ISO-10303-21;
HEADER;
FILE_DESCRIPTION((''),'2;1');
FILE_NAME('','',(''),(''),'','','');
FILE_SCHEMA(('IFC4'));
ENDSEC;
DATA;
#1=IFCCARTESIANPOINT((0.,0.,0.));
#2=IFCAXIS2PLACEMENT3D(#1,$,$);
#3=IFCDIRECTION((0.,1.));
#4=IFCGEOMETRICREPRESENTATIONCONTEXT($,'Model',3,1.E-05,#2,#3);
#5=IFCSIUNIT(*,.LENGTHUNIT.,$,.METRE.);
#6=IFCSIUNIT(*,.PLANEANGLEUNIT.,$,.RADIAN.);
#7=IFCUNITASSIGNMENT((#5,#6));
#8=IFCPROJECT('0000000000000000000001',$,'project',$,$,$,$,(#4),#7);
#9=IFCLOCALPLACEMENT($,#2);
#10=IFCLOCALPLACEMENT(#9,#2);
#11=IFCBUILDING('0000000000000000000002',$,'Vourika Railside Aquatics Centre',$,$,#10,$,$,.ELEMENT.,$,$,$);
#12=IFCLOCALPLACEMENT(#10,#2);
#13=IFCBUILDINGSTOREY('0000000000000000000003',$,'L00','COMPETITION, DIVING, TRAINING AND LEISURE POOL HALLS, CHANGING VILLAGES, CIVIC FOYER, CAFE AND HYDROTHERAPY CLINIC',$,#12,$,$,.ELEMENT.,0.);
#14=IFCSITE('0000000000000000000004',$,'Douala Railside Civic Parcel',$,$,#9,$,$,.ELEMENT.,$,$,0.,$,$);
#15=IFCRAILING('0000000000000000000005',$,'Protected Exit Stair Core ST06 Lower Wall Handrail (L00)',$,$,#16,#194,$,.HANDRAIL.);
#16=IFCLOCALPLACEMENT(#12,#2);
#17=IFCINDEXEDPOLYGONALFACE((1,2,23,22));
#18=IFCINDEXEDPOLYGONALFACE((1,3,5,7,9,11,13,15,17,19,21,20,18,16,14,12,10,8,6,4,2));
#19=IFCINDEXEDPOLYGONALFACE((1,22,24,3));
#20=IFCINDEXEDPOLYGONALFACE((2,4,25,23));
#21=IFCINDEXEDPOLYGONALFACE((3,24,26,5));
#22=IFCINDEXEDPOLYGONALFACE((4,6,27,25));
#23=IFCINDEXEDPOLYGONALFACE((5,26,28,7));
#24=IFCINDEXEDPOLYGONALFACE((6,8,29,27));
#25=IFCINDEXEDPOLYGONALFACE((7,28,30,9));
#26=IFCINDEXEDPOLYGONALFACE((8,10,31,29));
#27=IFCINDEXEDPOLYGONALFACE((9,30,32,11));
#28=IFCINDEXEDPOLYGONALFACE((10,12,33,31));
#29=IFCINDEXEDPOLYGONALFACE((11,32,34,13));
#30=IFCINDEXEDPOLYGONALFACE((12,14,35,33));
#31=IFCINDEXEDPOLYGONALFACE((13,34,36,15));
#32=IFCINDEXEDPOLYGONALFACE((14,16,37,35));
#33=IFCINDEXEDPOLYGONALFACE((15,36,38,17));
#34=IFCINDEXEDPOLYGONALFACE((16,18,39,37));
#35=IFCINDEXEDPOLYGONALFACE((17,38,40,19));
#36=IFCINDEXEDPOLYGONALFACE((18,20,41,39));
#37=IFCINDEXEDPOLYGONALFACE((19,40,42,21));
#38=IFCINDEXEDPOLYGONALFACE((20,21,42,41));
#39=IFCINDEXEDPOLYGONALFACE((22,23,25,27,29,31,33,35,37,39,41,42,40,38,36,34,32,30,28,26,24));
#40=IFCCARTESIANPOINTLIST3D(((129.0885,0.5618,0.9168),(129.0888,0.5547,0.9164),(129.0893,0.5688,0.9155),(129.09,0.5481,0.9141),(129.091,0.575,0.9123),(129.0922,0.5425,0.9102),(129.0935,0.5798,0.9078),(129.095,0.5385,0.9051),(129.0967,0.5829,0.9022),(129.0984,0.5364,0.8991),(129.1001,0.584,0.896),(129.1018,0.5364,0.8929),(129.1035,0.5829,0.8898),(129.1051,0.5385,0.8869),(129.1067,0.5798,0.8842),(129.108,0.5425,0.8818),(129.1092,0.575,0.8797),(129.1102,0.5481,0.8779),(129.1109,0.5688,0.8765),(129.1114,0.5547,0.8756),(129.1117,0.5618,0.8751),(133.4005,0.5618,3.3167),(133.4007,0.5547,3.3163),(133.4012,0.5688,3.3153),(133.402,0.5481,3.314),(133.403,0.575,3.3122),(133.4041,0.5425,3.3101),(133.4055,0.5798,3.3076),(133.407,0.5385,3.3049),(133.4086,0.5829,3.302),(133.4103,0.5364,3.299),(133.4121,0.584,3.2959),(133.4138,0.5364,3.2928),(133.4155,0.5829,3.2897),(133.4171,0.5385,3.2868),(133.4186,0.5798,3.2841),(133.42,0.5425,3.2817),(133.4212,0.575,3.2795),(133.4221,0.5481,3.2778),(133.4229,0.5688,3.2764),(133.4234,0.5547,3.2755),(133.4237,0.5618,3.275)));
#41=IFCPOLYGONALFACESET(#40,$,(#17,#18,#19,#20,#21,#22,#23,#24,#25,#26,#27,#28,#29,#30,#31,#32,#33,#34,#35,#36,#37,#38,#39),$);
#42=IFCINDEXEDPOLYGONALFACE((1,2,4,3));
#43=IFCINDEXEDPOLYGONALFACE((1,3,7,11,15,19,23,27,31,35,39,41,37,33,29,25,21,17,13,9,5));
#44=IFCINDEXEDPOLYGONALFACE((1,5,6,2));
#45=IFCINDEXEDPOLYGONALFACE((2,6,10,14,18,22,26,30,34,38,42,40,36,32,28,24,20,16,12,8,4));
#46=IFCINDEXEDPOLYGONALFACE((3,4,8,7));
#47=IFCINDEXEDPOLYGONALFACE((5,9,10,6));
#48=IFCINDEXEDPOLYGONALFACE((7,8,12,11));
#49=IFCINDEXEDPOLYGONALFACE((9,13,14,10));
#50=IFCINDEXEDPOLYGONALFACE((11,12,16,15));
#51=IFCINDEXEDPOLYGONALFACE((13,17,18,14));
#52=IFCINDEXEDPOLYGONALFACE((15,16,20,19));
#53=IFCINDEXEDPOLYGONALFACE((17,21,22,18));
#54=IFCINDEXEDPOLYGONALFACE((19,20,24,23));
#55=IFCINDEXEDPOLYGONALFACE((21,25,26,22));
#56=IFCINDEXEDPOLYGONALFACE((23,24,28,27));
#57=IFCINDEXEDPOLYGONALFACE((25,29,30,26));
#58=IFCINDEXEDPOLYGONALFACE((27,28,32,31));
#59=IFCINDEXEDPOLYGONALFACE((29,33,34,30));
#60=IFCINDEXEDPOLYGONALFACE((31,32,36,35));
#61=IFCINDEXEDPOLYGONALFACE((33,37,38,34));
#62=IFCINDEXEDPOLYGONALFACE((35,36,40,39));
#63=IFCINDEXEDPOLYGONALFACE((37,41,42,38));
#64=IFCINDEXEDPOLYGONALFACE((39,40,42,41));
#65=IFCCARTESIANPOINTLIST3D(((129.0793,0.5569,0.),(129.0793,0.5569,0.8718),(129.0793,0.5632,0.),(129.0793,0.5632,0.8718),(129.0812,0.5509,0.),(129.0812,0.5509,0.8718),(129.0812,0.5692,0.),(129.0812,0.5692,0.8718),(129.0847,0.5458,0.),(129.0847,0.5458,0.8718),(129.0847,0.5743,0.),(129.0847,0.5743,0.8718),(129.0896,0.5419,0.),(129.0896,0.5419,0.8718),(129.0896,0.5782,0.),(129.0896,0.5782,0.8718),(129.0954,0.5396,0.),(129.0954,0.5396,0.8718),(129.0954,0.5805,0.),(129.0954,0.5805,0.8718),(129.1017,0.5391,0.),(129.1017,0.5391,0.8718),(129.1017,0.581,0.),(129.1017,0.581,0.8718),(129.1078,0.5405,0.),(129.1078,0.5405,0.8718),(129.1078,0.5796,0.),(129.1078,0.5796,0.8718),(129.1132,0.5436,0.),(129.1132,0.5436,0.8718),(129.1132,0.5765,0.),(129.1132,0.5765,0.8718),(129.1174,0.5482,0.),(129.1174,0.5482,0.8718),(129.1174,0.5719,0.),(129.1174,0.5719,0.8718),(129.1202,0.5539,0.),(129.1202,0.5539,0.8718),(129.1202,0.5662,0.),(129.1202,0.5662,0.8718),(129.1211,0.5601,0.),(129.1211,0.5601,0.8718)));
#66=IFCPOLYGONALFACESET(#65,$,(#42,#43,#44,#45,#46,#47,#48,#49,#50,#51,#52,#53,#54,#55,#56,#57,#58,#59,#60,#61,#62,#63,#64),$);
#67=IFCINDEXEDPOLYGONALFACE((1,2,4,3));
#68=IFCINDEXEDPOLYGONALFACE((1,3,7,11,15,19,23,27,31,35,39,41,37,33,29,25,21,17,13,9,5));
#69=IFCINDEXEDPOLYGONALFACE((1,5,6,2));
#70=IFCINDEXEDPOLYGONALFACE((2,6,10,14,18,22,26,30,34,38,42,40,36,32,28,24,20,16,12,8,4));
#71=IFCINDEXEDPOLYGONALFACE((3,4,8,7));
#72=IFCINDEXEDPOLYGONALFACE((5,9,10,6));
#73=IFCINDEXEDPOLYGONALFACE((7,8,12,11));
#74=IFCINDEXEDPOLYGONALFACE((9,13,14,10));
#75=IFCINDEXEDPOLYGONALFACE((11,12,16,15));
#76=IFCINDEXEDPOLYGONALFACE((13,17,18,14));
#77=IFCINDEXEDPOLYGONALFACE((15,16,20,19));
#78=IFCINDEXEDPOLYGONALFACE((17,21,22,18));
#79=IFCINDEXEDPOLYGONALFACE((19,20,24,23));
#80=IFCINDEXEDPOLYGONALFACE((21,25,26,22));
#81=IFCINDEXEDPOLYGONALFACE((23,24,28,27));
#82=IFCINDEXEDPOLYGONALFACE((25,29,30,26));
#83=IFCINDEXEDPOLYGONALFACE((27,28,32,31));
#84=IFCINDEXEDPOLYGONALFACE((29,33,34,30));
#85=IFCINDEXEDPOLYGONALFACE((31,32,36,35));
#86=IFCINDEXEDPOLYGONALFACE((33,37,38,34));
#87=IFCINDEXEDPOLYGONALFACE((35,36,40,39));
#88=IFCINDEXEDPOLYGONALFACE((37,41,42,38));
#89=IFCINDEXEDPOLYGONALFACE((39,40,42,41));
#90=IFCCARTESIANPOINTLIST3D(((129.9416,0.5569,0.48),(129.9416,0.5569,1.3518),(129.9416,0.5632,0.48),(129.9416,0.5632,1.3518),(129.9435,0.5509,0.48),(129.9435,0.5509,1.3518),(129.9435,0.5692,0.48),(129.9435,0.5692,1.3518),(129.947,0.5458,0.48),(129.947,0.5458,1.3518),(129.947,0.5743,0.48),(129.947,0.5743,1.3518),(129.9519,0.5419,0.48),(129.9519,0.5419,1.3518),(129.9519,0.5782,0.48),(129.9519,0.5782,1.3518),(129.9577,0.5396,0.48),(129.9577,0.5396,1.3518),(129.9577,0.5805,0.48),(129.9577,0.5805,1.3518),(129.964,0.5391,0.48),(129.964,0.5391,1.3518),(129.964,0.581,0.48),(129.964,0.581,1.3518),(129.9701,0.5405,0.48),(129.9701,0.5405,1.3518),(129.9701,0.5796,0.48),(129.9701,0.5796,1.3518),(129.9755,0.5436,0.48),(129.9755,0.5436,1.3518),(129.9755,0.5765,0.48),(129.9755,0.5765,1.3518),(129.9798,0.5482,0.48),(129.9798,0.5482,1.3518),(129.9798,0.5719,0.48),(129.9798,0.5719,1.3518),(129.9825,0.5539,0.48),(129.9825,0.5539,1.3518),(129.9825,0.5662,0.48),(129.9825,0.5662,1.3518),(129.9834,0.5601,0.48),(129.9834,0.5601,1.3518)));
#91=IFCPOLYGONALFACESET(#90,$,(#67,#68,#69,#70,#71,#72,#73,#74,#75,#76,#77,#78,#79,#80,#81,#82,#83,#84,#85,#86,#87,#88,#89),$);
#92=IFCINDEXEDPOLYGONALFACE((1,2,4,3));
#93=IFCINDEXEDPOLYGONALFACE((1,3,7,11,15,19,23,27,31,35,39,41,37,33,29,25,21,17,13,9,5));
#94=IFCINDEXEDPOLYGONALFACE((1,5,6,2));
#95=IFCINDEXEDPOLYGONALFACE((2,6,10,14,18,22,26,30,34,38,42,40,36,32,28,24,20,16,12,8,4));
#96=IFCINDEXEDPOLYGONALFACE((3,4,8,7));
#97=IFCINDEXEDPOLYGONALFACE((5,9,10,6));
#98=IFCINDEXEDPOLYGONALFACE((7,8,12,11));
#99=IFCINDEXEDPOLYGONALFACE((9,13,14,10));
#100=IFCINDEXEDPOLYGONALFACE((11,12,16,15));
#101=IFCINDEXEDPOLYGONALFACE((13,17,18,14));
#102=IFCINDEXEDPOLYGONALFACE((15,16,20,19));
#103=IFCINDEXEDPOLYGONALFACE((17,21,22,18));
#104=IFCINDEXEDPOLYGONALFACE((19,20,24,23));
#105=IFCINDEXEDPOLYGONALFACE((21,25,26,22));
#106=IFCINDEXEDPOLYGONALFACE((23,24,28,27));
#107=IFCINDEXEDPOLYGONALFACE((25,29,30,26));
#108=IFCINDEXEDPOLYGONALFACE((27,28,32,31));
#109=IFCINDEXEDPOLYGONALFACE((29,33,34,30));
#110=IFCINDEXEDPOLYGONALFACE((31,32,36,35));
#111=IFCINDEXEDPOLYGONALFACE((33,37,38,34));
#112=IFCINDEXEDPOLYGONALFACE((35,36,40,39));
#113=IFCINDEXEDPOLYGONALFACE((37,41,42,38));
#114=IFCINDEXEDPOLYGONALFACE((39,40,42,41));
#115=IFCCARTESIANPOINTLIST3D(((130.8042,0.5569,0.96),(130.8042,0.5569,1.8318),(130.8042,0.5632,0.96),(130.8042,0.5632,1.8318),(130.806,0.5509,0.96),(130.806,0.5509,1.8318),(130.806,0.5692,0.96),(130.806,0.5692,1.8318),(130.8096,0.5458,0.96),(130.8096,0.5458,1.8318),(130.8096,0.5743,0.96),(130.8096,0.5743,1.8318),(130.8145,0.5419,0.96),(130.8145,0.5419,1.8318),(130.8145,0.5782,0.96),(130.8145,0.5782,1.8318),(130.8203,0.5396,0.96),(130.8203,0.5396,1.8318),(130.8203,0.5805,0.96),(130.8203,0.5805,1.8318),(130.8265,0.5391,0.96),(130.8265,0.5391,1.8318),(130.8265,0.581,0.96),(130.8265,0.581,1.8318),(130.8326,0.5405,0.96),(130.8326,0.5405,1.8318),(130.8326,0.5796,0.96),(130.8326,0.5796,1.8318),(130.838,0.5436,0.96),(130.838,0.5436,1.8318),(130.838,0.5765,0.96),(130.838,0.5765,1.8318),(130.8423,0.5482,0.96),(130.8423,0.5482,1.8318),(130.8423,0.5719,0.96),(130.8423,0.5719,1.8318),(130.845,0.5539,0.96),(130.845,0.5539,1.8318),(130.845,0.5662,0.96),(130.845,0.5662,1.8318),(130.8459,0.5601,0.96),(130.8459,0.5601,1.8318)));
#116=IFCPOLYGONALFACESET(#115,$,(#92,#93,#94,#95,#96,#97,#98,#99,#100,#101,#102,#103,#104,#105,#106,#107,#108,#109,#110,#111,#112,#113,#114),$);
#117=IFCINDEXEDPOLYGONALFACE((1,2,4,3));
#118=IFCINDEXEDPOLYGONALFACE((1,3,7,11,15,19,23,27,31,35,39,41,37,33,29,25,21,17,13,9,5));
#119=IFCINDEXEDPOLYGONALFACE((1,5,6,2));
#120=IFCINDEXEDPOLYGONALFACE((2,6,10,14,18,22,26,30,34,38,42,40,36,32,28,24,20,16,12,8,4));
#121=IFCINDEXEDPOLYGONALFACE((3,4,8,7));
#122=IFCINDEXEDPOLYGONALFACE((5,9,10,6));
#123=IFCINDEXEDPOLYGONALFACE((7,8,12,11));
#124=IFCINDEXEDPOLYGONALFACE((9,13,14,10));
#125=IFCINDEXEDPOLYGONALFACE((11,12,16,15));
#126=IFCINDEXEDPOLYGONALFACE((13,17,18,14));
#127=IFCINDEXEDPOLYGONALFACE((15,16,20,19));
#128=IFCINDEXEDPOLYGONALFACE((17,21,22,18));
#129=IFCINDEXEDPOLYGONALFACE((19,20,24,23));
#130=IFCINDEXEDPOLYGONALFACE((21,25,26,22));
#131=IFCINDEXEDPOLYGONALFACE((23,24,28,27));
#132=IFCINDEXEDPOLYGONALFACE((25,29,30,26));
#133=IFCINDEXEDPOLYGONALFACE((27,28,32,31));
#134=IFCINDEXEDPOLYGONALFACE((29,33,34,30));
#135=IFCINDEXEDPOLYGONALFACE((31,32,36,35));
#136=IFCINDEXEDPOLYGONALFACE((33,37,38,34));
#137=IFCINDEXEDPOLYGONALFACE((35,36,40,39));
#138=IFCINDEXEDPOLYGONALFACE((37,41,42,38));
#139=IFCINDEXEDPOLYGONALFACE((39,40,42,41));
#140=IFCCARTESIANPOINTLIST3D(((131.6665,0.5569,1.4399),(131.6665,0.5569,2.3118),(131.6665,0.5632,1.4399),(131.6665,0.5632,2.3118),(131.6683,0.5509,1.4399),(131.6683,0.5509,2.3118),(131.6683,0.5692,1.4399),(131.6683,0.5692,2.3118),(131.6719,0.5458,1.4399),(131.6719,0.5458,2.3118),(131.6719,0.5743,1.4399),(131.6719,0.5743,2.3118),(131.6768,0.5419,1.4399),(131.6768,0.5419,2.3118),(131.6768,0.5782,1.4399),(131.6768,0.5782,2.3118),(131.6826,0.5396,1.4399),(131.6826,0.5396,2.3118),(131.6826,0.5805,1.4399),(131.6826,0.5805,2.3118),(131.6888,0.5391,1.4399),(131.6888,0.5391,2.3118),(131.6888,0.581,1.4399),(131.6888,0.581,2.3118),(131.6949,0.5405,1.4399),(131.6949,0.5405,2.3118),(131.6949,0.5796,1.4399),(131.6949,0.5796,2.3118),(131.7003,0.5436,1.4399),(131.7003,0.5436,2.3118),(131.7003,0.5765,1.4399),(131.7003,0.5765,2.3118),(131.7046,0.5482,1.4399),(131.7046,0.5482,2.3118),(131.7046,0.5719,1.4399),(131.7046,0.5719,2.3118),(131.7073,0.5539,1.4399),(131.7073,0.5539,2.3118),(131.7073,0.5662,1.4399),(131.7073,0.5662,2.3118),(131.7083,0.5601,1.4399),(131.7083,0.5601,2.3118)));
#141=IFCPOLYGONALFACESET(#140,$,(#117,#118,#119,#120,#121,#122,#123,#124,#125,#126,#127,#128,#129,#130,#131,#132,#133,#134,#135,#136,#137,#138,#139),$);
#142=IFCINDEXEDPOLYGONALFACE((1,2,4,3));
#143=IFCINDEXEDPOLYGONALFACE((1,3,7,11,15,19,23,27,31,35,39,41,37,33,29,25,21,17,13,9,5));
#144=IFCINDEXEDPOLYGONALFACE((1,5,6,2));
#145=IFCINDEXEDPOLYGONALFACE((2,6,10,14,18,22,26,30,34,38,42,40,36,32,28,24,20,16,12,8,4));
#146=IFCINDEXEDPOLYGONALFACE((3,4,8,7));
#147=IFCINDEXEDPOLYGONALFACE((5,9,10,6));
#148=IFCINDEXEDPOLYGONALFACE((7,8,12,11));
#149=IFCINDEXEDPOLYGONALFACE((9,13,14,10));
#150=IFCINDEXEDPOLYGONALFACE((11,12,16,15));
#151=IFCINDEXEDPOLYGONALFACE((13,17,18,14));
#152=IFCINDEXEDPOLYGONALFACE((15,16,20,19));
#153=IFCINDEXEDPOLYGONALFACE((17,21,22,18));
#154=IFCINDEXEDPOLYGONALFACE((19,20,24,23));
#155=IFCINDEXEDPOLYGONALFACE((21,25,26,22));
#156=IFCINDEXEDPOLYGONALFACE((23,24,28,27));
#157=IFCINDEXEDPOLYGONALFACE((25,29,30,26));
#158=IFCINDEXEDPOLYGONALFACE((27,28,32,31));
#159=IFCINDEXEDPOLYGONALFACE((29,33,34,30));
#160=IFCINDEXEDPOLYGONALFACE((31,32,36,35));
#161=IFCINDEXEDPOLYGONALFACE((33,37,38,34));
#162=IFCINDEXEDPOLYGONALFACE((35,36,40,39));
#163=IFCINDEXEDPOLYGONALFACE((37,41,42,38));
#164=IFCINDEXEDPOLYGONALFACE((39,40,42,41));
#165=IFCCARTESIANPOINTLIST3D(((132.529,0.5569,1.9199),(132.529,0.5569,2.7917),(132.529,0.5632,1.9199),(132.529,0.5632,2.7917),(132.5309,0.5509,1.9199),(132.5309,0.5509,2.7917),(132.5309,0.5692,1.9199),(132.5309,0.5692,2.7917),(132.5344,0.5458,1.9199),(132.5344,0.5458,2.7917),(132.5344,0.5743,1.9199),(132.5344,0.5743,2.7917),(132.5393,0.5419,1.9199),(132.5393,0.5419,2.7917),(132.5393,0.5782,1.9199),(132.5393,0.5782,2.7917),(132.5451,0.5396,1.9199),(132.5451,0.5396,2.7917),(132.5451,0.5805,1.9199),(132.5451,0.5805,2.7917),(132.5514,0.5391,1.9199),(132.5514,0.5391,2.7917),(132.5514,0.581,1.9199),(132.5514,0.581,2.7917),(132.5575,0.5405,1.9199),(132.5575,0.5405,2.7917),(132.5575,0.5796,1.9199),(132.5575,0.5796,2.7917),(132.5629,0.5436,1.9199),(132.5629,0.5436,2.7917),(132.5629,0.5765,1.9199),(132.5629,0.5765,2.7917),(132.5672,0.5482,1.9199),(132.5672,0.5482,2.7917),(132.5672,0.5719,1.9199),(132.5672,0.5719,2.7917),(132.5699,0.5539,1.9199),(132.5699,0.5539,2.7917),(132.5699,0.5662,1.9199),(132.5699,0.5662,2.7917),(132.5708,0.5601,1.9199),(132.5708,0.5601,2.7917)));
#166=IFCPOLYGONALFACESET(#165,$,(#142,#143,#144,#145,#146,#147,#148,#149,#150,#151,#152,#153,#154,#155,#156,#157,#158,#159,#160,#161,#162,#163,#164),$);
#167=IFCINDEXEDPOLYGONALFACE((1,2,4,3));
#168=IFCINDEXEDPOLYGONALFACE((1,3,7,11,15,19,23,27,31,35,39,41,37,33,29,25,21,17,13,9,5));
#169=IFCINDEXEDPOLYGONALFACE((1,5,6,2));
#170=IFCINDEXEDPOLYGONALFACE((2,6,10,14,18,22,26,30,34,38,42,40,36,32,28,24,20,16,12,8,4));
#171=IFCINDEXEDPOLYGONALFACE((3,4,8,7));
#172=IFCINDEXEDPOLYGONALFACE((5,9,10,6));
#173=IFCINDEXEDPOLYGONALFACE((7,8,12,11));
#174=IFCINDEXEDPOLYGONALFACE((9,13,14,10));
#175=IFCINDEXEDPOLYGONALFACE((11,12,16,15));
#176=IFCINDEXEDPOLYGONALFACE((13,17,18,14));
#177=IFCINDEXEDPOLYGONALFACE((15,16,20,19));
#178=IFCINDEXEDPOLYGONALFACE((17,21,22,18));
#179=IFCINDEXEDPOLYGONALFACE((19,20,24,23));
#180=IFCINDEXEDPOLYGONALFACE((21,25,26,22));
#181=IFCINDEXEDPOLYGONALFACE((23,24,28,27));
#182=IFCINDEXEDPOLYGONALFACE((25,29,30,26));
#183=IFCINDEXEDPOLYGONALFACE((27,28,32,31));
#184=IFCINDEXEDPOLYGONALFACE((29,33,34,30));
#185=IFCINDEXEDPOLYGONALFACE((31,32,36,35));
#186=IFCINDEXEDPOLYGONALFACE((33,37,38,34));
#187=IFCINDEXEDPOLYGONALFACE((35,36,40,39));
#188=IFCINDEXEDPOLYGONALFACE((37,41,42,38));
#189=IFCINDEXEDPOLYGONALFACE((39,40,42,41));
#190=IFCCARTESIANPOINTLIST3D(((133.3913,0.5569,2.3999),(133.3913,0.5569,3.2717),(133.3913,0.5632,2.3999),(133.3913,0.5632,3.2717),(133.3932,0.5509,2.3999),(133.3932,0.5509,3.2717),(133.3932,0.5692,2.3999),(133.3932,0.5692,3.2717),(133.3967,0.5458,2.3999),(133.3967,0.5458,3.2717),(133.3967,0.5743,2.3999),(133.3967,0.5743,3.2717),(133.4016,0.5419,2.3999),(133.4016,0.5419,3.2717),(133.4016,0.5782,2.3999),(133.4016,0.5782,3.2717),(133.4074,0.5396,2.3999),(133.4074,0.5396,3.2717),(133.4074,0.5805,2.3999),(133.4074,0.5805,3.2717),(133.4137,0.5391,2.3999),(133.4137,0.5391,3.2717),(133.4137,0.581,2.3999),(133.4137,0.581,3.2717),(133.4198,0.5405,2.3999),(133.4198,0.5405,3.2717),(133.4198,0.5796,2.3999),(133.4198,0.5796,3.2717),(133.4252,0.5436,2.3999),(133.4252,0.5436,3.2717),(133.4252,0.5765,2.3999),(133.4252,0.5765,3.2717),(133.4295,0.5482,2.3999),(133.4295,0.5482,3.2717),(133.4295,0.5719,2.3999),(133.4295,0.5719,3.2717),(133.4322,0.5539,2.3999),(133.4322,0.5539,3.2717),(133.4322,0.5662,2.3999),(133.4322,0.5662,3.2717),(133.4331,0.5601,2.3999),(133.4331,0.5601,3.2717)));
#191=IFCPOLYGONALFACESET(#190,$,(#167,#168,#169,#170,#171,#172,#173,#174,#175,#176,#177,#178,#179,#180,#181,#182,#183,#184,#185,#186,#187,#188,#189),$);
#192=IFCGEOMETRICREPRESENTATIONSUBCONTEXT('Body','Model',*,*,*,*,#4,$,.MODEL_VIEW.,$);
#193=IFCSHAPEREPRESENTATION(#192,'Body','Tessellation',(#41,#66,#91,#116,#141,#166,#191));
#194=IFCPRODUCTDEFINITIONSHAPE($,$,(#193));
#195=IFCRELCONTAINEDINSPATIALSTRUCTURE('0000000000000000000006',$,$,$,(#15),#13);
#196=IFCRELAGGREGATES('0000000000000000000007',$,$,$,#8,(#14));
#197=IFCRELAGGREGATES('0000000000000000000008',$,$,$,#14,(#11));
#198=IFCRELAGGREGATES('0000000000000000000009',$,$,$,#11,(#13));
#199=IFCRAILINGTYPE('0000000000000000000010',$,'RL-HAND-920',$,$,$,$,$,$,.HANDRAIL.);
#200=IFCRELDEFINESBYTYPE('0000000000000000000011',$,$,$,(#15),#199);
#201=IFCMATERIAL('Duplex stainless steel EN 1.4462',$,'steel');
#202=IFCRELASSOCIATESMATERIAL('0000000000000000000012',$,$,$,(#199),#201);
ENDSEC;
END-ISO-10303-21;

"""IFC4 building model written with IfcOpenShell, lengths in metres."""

from ifc_helpers import new_model, si_unit, direction, frame, origin, origin_2d, place, context, subcontext, project, spatial, circle, extrude, material, type_object, element, save


model = new_model("IFC4")

# Units and contexts
model_context = context("Model", 3, precision=1e-05, world=origin(), true_north=direction((0.0, 1.0)))
body_context = subcontext(model_context, "Body", "Model", "MODEL_VIEW")
ifc_project = project(units=[si_unit("LENGTHUNIT", "METRE"), si_unit("PLANEANGLEUNIT", "RADIAN")], contexts=[model_context])

# Site, building, storey
site_placement = place(None, origin())
site = spatial("IfcSite", under=ifc_project, at=site_placement, Name="Douala Railside Civic Parcel", CompositionType="ELEMENT", RefElevation=0.0)
building_placement = place(site_placement, origin())
building = spatial("IfcBuilding", under=site, at=building_placement, Name="Vourika Railside Aquatics Centre", CompositionType="ELEMENT")
storey_placement = place(building_placement, origin())
storey = spatial("IfcBuildingStorey", under=building, at=storey_placement, Name="L00", Description="COMPETITION, DIVING, TRAINING AND LEISURE POOL HALLS, CHANGING VILLAGES, CIVIC FOYER, CAFE AND HYDROTHERAPY CLINIC", CompositionType="ELEMENT", Elevation=0.0)

# Railing
ifc_material_1 = material(Name="Duplex stainless steel EN 1.4462", Category="steel")
railing_type_1 = type_object("IfcRailingType", Name="RL-HAND-920", PredefinedType="HANDRAIL", material=ifc_material_1)
railing_1_placement = place(storey_placement, frame((129.1001, 0.5601, 0.0)))
element("IfcRailing", 1, at=railing_1_placement, inside=storey, type_object=railing_type_1, Name="Protected Exit Stair Core ST06 Lower Wall Handrail (L00)", PredefinedType="HANDRAIL", context=body_context, shape_type="SweptSolid", body=[
    extrude(circle(Radius=0.0239, at=origin_2d()), frame((0.0, 0.0, 0.896), z_axis=(0.873784, 0.0, 0.486315), x_axis=(0.0, 1.0, 0.0)), (0.0, 0.0, 1.0), 4.9348),
    extrude(circle(Radius=0.021, at=origin_2d()), origin(), (0.0, 0.0, 1.0), 0.8718),
    extrude(circle(Radius=0.021, at=origin_2d()), frame((0.8623, 0.0, 0.48)), (0.0, 0.0, 1.0), 0.8718),
    extrude(circle(Radius=0.021, at=origin_2d()), frame((1.7249, 0.0, 0.96)), (0.0, 0.0, 1.0), 0.8718),
    extrude(circle(Radius=0.021, at=origin_2d()), frame((2.5872, 0.0, 1.4399)), (0.0, 0.0, 1.0), 0.8718),
    extrude(circle(Radius=0.021, at=origin_2d()), frame((3.4497, 0.0, 1.9199)), (0.0, 0.0, 1.0), 0.8718),
    extrude(circle(Radius=0.021, at=origin_2d()), frame((4.312, 0.0, 2.3999)), (0.0, 0.0, 1.0), 0.8718),
])

save(model, "model.ifc")
